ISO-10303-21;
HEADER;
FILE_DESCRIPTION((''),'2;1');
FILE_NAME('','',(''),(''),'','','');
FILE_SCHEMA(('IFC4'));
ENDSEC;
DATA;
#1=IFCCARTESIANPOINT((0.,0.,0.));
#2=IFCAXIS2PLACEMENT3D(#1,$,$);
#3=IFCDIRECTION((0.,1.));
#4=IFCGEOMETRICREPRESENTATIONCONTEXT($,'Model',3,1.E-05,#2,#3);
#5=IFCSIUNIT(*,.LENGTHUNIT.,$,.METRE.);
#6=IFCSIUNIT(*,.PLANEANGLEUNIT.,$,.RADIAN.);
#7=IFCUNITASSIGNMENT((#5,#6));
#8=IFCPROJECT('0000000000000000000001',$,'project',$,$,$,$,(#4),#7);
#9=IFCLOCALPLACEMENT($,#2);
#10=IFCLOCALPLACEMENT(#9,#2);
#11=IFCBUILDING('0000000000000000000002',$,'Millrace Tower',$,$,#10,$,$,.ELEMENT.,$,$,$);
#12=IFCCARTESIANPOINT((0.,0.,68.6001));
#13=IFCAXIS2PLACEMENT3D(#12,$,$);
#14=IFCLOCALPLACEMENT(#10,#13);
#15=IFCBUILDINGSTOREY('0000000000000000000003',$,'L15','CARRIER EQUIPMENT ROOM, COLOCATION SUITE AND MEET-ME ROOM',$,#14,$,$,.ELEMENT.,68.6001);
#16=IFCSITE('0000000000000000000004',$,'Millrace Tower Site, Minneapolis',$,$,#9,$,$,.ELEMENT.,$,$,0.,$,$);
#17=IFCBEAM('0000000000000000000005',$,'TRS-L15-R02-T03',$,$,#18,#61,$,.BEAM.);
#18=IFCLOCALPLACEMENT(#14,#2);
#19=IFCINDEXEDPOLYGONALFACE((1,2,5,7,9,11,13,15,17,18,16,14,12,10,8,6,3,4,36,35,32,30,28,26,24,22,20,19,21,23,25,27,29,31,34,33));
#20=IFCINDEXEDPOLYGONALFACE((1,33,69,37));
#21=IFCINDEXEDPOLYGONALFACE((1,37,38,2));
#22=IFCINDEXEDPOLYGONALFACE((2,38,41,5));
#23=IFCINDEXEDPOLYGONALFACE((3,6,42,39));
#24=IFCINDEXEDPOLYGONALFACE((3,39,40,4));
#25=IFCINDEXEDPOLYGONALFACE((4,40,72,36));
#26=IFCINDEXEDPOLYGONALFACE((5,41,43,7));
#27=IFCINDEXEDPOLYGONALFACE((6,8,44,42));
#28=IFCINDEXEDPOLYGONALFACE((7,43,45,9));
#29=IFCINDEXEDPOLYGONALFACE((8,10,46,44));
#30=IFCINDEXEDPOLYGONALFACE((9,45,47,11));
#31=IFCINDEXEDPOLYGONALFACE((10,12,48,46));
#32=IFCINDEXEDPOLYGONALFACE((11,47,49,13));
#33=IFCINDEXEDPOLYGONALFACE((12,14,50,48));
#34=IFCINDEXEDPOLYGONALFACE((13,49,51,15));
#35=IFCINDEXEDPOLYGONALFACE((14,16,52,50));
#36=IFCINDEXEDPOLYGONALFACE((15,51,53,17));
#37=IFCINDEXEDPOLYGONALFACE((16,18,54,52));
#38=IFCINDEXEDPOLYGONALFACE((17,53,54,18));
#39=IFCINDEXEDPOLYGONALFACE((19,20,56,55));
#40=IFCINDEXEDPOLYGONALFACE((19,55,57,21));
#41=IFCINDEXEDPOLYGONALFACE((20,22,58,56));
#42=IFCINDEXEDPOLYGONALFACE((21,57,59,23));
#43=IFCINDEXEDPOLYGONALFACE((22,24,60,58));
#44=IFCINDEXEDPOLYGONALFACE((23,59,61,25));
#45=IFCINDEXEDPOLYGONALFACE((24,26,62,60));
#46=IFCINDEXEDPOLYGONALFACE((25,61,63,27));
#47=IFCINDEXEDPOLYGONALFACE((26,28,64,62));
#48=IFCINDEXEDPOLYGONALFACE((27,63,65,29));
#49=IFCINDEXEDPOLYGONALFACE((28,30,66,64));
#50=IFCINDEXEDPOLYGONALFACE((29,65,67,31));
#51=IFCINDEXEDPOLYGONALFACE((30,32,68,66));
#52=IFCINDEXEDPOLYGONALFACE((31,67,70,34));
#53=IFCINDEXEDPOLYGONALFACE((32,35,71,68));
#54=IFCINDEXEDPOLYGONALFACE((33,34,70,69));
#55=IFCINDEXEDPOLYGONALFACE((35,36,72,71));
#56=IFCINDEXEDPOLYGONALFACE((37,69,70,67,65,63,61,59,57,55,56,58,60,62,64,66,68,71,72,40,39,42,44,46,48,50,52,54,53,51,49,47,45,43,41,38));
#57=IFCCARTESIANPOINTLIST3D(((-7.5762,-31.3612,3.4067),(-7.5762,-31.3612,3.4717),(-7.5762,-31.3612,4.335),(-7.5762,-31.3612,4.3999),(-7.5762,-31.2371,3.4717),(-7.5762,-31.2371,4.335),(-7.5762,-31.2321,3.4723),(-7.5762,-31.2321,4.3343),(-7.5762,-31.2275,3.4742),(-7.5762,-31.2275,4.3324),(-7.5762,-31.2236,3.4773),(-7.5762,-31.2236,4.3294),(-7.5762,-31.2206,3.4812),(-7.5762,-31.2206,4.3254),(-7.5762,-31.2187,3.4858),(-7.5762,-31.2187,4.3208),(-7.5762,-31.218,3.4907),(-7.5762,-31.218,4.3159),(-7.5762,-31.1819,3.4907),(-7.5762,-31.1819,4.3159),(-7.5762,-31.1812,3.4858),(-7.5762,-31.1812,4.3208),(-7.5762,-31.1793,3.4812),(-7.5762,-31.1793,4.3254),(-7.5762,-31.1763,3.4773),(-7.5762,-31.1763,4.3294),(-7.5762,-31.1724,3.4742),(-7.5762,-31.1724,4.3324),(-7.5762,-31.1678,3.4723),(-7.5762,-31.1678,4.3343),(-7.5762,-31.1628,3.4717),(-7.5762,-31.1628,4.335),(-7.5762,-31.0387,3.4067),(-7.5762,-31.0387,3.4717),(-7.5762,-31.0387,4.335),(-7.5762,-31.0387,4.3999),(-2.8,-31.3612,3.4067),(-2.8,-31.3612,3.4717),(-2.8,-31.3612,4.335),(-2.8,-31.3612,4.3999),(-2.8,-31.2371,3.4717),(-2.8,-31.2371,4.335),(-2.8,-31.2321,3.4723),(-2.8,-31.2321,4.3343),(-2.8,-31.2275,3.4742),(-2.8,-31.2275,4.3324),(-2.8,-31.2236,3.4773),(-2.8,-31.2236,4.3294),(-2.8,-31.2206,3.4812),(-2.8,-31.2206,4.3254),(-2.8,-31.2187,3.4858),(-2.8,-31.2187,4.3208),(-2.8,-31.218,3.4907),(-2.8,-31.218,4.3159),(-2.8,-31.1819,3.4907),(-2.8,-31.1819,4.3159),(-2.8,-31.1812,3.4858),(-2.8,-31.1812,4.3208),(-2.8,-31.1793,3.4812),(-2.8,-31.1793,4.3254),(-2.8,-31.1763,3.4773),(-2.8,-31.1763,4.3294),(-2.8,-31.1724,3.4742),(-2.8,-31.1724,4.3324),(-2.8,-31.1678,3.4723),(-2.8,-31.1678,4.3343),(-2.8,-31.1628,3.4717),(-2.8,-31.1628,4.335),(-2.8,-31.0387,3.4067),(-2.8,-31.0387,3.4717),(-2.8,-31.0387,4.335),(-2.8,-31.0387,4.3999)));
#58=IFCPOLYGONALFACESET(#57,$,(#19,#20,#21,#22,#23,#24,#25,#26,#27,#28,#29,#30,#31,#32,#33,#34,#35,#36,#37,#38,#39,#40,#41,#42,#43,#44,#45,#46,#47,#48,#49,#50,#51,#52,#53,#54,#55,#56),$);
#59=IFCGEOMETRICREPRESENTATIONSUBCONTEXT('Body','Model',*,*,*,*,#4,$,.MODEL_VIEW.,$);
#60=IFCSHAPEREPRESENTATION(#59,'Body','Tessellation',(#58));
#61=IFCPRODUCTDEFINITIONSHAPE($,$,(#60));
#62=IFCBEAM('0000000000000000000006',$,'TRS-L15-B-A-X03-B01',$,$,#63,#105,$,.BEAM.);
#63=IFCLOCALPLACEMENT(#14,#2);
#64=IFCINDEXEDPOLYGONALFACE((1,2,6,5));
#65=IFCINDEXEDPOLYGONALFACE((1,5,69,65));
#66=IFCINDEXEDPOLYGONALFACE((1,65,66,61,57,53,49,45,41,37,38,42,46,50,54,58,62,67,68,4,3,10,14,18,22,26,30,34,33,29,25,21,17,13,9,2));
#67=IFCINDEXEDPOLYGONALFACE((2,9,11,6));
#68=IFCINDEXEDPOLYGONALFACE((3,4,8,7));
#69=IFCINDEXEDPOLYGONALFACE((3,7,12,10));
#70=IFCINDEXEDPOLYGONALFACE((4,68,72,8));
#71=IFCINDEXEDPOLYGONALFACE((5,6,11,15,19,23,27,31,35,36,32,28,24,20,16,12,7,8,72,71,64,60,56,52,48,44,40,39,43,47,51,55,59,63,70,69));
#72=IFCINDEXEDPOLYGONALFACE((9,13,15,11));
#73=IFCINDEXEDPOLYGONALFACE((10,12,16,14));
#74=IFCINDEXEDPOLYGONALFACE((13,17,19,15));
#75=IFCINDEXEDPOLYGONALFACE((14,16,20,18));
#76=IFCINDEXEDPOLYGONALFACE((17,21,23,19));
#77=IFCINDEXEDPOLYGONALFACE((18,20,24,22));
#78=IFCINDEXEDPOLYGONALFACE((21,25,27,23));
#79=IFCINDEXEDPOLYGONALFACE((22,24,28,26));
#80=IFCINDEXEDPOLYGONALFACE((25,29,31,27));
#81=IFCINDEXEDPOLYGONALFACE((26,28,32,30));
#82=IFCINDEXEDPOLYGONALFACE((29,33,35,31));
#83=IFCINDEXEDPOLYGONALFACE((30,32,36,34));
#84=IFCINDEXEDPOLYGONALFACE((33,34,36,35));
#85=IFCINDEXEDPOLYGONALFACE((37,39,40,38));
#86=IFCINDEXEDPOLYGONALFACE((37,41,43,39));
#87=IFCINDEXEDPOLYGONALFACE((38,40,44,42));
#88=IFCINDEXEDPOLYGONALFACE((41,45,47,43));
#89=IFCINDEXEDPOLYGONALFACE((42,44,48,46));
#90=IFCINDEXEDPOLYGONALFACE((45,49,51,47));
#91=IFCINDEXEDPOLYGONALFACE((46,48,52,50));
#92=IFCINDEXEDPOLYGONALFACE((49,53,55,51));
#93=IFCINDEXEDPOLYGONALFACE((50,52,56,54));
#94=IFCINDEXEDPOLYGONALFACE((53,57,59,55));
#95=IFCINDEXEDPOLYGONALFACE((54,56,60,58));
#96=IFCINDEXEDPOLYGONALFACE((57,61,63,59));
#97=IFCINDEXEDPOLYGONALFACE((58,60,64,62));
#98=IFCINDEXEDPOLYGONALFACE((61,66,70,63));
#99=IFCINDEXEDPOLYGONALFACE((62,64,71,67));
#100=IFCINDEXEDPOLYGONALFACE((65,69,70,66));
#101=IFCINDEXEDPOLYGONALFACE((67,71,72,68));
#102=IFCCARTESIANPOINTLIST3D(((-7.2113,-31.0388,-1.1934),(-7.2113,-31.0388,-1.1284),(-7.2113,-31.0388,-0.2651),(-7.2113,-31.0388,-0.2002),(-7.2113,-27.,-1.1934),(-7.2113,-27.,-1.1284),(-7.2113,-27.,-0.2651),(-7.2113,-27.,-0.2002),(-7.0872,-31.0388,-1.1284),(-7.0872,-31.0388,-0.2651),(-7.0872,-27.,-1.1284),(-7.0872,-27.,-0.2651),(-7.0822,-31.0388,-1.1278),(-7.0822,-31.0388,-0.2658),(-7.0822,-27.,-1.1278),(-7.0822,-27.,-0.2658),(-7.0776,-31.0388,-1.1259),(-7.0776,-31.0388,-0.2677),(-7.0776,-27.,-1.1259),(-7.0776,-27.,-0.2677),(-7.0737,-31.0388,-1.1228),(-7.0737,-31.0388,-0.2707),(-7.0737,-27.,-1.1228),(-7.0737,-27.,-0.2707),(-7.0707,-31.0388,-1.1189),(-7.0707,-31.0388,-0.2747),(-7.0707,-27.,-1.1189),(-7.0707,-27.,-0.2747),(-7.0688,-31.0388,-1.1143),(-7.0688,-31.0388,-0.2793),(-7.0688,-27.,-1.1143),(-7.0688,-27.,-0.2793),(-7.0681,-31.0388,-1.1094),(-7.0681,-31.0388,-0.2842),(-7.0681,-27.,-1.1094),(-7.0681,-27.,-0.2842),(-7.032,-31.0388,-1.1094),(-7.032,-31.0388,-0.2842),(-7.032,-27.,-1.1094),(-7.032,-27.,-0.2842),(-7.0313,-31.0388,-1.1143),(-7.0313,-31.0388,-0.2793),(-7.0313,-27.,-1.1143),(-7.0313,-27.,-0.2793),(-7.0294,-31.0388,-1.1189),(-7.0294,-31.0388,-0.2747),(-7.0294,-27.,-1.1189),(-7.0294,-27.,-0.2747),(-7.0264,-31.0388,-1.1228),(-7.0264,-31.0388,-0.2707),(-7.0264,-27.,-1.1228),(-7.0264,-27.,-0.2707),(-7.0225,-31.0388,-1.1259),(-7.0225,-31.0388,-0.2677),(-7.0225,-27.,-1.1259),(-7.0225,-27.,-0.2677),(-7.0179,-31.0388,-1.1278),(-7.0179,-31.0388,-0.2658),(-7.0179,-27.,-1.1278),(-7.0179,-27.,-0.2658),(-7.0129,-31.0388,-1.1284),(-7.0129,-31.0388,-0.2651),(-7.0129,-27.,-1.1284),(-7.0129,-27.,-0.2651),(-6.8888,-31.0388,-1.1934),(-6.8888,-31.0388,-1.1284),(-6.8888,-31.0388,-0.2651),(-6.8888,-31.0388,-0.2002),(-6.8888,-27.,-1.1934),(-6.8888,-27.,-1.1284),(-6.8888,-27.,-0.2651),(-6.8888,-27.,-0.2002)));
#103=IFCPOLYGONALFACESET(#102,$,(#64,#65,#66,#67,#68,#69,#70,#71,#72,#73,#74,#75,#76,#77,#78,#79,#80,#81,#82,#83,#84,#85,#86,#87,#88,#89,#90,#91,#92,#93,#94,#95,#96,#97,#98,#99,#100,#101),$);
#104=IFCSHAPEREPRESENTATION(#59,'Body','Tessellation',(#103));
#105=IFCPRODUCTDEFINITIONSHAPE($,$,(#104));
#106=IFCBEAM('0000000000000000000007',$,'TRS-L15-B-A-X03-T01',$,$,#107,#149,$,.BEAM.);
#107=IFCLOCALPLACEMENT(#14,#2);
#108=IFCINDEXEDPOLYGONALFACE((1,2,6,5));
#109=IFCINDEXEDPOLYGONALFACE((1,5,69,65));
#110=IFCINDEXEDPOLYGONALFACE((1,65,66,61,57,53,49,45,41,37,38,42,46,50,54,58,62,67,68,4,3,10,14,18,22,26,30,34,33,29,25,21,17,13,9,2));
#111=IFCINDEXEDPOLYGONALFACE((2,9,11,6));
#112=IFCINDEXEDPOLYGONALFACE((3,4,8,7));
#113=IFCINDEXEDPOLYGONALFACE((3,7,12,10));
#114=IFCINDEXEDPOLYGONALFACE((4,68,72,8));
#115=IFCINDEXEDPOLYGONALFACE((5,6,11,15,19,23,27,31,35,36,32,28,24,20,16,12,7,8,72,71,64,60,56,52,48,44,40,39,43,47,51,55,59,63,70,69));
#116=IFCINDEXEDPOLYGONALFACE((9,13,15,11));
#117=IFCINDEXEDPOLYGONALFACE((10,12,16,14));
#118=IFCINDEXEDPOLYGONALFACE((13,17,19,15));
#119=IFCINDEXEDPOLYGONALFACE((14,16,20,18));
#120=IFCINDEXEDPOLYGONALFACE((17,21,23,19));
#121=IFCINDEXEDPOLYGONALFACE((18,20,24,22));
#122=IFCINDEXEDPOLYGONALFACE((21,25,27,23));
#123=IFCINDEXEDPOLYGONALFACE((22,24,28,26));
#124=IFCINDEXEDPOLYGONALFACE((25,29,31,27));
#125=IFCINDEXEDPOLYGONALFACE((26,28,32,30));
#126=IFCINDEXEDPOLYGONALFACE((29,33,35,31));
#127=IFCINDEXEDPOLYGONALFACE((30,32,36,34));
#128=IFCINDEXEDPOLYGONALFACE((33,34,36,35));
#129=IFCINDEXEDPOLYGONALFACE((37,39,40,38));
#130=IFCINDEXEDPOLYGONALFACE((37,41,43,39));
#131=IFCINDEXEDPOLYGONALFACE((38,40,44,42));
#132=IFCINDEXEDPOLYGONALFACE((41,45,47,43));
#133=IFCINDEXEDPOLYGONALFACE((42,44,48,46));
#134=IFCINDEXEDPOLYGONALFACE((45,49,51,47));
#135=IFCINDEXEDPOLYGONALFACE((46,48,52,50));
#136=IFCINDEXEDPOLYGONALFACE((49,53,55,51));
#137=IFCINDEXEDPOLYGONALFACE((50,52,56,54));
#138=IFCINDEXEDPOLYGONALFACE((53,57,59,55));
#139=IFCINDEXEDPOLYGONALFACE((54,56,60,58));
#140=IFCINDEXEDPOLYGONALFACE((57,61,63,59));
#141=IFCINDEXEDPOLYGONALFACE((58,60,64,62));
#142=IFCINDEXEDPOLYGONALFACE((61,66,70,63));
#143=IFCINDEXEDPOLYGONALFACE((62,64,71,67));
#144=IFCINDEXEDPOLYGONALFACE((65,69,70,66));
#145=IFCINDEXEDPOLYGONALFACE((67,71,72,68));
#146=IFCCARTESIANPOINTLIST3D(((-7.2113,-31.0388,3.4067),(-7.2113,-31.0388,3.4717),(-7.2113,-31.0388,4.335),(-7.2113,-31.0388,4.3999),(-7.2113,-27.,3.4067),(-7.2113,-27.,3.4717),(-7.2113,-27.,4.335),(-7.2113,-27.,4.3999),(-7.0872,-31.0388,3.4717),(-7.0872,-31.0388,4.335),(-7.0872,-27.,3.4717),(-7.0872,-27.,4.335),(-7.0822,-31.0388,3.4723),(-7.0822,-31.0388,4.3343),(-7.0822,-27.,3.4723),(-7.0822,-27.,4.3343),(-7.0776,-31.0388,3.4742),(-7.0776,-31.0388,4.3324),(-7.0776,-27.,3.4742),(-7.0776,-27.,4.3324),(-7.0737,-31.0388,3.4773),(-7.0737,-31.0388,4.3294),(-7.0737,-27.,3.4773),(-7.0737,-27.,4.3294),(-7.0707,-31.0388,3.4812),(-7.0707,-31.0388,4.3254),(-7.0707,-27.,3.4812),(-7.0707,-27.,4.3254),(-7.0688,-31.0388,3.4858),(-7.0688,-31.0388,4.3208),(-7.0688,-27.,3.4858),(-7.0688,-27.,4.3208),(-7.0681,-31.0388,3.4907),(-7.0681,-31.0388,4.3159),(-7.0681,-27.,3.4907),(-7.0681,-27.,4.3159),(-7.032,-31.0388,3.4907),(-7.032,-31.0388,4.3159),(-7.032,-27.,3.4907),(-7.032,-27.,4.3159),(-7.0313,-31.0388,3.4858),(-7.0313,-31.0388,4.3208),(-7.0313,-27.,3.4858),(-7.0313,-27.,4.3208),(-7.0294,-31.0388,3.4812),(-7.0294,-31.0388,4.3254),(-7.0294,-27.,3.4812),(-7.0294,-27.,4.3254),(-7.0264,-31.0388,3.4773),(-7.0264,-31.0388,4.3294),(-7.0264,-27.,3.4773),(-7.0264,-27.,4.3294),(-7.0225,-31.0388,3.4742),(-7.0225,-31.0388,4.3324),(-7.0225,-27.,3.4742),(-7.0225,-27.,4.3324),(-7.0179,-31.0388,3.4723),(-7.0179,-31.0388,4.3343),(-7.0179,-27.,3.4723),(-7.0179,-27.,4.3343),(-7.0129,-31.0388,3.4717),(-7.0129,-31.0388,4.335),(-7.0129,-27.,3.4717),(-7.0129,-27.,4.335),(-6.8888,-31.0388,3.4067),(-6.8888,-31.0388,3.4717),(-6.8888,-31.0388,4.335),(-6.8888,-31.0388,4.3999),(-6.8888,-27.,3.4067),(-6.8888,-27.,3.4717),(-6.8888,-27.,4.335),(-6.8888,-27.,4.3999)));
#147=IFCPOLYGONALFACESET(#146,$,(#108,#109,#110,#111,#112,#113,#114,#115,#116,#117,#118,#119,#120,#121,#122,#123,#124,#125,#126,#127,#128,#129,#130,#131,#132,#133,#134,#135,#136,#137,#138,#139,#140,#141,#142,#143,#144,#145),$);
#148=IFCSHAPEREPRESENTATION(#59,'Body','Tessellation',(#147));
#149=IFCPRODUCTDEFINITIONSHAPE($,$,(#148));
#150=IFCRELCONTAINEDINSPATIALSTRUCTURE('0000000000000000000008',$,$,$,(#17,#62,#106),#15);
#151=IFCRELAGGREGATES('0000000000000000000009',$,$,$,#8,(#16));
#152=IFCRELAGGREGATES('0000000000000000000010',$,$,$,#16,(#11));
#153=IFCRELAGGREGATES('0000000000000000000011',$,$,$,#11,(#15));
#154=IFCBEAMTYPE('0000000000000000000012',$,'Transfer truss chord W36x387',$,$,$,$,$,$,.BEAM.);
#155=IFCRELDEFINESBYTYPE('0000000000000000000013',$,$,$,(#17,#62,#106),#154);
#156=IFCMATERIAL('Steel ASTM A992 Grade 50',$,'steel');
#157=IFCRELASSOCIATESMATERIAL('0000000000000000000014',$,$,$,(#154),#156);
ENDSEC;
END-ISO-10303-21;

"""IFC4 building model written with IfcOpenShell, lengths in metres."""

from ifc_helpers import new_model, si_unit, direction, frame, origin, origin_2d, place, context, subcontext, project, spatial, i_section, extrude, material, material_profile, profile_set, type_object, element, save


model = new_model("IFC4")

# Units and contexts
model_context = context("Model", 3, precision=1e-05, world=origin(), true_north=direction((0.0, 1.0)))
body_context = subcontext(model_context, "Body", "Model", "MODEL_VIEW")
ifc_project = project(units=[si_unit("LENGTHUNIT", "METRE"), si_unit("PLANEANGLEUNIT", "RADIAN")], contexts=[model_context])

# Site, building, storey
site_placement = place(None, origin())
site = spatial("IfcSite", under=ifc_project, at=site_placement, Name="Millrace Tower Site, Minneapolis", CompositionType="ELEMENT", RefElevation=0.0)
building_placement = place(site_placement, origin())
building = spatial("IfcBuilding", under=site, at=building_placement, Name="Millrace Tower", CompositionType="ELEMENT")
storey_placement = place(building_placement, frame((0.0, 0.0, 68.6001)))
storey = spatial("IfcBuildingStorey", under=building, at=storey_placement, Name="L15", Description="CARRIER EQUIPMENT ROOM, COLOCATION SUITE AND MEET-ME ROOM", CompositionType="ELEMENT", Elevation=68.6001)

# Beams
ifc_material_1 = material(Name="Steel ASTM A992 Grade 50", Category="steel")
ifc_material_profile_1 = material_profile(ifc_material_1, i_section(OverallWidth=0.3225, OverallDepth=0.9932, WebThickness=0.0361, FlangeThickness=0.0649, FilletRadius=0.019, at=origin_2d()))
ifc_profile_set_1 = profile_set([ifc_material_profile_1], Name="Steel ASTM A992 Grade 50")
beam_type_1 = type_object("IfcBeamType", Name="Transfer truss chord W36x387", PredefinedType="BEAM", material=ifc_profile_set_1)
for number, where, z_axis, x_axis, name in (
    (1, (-7.5762, -31.2, 3.9033), (1.0, 0.0, 0.0), (0.0, 1.0, 0.0), "TRS-L15-R02-T03"),
):
    element("IfcBeam", number, at=place(storey_placement, frame(where, z_axis=z_axis, x_axis=x_axis)), inside=storey, type_object=beam_type_1, Name=name, PredefinedType="BEAM", context=body_context, shape_type="SweptSolid", body=[
        extrude(i_section(OverallWidth=0.3225, OverallDepth=0.9932, WebThickness=0.0361, FlangeThickness=0.0649, FilletRadius=0.019, at=origin_2d()), origin(), (0.0, 0.0, 1.0), 4.7761),
    ])
for number, where, z_axis, x_axis, name in (
    (2, (-7.05, -27.0, -0.6968), (0.0, -1.0, 0.0), (1.0, 0.0, 0.0), "TRS-L15-B-A-X03-B01"),
    (3, (-7.05, -27.0, 3.9033), (0.0, -1.0, 0.0), (1.0, 0.0, 0.0), "TRS-L15-B-A-X03-T01"),
):
    element("IfcBeam", number, at=place(storey_placement, frame(where, z_axis=z_axis, x_axis=x_axis)), inside=storey, type_object=beam_type_1, Name=name, PredefinedType="BEAM", context=body_context, shape_type="SweptSolid", body=[
        extrude(i_section(OverallWidth=0.3225, OverallDepth=0.9932, WebThickness=0.0361, FlangeThickness=0.0649, FilletRadius=0.019, at=origin_2d()), origin(), (0.0, 0.0, 1.0), 4.0388),
    ])

save(model, "model.ifc")
